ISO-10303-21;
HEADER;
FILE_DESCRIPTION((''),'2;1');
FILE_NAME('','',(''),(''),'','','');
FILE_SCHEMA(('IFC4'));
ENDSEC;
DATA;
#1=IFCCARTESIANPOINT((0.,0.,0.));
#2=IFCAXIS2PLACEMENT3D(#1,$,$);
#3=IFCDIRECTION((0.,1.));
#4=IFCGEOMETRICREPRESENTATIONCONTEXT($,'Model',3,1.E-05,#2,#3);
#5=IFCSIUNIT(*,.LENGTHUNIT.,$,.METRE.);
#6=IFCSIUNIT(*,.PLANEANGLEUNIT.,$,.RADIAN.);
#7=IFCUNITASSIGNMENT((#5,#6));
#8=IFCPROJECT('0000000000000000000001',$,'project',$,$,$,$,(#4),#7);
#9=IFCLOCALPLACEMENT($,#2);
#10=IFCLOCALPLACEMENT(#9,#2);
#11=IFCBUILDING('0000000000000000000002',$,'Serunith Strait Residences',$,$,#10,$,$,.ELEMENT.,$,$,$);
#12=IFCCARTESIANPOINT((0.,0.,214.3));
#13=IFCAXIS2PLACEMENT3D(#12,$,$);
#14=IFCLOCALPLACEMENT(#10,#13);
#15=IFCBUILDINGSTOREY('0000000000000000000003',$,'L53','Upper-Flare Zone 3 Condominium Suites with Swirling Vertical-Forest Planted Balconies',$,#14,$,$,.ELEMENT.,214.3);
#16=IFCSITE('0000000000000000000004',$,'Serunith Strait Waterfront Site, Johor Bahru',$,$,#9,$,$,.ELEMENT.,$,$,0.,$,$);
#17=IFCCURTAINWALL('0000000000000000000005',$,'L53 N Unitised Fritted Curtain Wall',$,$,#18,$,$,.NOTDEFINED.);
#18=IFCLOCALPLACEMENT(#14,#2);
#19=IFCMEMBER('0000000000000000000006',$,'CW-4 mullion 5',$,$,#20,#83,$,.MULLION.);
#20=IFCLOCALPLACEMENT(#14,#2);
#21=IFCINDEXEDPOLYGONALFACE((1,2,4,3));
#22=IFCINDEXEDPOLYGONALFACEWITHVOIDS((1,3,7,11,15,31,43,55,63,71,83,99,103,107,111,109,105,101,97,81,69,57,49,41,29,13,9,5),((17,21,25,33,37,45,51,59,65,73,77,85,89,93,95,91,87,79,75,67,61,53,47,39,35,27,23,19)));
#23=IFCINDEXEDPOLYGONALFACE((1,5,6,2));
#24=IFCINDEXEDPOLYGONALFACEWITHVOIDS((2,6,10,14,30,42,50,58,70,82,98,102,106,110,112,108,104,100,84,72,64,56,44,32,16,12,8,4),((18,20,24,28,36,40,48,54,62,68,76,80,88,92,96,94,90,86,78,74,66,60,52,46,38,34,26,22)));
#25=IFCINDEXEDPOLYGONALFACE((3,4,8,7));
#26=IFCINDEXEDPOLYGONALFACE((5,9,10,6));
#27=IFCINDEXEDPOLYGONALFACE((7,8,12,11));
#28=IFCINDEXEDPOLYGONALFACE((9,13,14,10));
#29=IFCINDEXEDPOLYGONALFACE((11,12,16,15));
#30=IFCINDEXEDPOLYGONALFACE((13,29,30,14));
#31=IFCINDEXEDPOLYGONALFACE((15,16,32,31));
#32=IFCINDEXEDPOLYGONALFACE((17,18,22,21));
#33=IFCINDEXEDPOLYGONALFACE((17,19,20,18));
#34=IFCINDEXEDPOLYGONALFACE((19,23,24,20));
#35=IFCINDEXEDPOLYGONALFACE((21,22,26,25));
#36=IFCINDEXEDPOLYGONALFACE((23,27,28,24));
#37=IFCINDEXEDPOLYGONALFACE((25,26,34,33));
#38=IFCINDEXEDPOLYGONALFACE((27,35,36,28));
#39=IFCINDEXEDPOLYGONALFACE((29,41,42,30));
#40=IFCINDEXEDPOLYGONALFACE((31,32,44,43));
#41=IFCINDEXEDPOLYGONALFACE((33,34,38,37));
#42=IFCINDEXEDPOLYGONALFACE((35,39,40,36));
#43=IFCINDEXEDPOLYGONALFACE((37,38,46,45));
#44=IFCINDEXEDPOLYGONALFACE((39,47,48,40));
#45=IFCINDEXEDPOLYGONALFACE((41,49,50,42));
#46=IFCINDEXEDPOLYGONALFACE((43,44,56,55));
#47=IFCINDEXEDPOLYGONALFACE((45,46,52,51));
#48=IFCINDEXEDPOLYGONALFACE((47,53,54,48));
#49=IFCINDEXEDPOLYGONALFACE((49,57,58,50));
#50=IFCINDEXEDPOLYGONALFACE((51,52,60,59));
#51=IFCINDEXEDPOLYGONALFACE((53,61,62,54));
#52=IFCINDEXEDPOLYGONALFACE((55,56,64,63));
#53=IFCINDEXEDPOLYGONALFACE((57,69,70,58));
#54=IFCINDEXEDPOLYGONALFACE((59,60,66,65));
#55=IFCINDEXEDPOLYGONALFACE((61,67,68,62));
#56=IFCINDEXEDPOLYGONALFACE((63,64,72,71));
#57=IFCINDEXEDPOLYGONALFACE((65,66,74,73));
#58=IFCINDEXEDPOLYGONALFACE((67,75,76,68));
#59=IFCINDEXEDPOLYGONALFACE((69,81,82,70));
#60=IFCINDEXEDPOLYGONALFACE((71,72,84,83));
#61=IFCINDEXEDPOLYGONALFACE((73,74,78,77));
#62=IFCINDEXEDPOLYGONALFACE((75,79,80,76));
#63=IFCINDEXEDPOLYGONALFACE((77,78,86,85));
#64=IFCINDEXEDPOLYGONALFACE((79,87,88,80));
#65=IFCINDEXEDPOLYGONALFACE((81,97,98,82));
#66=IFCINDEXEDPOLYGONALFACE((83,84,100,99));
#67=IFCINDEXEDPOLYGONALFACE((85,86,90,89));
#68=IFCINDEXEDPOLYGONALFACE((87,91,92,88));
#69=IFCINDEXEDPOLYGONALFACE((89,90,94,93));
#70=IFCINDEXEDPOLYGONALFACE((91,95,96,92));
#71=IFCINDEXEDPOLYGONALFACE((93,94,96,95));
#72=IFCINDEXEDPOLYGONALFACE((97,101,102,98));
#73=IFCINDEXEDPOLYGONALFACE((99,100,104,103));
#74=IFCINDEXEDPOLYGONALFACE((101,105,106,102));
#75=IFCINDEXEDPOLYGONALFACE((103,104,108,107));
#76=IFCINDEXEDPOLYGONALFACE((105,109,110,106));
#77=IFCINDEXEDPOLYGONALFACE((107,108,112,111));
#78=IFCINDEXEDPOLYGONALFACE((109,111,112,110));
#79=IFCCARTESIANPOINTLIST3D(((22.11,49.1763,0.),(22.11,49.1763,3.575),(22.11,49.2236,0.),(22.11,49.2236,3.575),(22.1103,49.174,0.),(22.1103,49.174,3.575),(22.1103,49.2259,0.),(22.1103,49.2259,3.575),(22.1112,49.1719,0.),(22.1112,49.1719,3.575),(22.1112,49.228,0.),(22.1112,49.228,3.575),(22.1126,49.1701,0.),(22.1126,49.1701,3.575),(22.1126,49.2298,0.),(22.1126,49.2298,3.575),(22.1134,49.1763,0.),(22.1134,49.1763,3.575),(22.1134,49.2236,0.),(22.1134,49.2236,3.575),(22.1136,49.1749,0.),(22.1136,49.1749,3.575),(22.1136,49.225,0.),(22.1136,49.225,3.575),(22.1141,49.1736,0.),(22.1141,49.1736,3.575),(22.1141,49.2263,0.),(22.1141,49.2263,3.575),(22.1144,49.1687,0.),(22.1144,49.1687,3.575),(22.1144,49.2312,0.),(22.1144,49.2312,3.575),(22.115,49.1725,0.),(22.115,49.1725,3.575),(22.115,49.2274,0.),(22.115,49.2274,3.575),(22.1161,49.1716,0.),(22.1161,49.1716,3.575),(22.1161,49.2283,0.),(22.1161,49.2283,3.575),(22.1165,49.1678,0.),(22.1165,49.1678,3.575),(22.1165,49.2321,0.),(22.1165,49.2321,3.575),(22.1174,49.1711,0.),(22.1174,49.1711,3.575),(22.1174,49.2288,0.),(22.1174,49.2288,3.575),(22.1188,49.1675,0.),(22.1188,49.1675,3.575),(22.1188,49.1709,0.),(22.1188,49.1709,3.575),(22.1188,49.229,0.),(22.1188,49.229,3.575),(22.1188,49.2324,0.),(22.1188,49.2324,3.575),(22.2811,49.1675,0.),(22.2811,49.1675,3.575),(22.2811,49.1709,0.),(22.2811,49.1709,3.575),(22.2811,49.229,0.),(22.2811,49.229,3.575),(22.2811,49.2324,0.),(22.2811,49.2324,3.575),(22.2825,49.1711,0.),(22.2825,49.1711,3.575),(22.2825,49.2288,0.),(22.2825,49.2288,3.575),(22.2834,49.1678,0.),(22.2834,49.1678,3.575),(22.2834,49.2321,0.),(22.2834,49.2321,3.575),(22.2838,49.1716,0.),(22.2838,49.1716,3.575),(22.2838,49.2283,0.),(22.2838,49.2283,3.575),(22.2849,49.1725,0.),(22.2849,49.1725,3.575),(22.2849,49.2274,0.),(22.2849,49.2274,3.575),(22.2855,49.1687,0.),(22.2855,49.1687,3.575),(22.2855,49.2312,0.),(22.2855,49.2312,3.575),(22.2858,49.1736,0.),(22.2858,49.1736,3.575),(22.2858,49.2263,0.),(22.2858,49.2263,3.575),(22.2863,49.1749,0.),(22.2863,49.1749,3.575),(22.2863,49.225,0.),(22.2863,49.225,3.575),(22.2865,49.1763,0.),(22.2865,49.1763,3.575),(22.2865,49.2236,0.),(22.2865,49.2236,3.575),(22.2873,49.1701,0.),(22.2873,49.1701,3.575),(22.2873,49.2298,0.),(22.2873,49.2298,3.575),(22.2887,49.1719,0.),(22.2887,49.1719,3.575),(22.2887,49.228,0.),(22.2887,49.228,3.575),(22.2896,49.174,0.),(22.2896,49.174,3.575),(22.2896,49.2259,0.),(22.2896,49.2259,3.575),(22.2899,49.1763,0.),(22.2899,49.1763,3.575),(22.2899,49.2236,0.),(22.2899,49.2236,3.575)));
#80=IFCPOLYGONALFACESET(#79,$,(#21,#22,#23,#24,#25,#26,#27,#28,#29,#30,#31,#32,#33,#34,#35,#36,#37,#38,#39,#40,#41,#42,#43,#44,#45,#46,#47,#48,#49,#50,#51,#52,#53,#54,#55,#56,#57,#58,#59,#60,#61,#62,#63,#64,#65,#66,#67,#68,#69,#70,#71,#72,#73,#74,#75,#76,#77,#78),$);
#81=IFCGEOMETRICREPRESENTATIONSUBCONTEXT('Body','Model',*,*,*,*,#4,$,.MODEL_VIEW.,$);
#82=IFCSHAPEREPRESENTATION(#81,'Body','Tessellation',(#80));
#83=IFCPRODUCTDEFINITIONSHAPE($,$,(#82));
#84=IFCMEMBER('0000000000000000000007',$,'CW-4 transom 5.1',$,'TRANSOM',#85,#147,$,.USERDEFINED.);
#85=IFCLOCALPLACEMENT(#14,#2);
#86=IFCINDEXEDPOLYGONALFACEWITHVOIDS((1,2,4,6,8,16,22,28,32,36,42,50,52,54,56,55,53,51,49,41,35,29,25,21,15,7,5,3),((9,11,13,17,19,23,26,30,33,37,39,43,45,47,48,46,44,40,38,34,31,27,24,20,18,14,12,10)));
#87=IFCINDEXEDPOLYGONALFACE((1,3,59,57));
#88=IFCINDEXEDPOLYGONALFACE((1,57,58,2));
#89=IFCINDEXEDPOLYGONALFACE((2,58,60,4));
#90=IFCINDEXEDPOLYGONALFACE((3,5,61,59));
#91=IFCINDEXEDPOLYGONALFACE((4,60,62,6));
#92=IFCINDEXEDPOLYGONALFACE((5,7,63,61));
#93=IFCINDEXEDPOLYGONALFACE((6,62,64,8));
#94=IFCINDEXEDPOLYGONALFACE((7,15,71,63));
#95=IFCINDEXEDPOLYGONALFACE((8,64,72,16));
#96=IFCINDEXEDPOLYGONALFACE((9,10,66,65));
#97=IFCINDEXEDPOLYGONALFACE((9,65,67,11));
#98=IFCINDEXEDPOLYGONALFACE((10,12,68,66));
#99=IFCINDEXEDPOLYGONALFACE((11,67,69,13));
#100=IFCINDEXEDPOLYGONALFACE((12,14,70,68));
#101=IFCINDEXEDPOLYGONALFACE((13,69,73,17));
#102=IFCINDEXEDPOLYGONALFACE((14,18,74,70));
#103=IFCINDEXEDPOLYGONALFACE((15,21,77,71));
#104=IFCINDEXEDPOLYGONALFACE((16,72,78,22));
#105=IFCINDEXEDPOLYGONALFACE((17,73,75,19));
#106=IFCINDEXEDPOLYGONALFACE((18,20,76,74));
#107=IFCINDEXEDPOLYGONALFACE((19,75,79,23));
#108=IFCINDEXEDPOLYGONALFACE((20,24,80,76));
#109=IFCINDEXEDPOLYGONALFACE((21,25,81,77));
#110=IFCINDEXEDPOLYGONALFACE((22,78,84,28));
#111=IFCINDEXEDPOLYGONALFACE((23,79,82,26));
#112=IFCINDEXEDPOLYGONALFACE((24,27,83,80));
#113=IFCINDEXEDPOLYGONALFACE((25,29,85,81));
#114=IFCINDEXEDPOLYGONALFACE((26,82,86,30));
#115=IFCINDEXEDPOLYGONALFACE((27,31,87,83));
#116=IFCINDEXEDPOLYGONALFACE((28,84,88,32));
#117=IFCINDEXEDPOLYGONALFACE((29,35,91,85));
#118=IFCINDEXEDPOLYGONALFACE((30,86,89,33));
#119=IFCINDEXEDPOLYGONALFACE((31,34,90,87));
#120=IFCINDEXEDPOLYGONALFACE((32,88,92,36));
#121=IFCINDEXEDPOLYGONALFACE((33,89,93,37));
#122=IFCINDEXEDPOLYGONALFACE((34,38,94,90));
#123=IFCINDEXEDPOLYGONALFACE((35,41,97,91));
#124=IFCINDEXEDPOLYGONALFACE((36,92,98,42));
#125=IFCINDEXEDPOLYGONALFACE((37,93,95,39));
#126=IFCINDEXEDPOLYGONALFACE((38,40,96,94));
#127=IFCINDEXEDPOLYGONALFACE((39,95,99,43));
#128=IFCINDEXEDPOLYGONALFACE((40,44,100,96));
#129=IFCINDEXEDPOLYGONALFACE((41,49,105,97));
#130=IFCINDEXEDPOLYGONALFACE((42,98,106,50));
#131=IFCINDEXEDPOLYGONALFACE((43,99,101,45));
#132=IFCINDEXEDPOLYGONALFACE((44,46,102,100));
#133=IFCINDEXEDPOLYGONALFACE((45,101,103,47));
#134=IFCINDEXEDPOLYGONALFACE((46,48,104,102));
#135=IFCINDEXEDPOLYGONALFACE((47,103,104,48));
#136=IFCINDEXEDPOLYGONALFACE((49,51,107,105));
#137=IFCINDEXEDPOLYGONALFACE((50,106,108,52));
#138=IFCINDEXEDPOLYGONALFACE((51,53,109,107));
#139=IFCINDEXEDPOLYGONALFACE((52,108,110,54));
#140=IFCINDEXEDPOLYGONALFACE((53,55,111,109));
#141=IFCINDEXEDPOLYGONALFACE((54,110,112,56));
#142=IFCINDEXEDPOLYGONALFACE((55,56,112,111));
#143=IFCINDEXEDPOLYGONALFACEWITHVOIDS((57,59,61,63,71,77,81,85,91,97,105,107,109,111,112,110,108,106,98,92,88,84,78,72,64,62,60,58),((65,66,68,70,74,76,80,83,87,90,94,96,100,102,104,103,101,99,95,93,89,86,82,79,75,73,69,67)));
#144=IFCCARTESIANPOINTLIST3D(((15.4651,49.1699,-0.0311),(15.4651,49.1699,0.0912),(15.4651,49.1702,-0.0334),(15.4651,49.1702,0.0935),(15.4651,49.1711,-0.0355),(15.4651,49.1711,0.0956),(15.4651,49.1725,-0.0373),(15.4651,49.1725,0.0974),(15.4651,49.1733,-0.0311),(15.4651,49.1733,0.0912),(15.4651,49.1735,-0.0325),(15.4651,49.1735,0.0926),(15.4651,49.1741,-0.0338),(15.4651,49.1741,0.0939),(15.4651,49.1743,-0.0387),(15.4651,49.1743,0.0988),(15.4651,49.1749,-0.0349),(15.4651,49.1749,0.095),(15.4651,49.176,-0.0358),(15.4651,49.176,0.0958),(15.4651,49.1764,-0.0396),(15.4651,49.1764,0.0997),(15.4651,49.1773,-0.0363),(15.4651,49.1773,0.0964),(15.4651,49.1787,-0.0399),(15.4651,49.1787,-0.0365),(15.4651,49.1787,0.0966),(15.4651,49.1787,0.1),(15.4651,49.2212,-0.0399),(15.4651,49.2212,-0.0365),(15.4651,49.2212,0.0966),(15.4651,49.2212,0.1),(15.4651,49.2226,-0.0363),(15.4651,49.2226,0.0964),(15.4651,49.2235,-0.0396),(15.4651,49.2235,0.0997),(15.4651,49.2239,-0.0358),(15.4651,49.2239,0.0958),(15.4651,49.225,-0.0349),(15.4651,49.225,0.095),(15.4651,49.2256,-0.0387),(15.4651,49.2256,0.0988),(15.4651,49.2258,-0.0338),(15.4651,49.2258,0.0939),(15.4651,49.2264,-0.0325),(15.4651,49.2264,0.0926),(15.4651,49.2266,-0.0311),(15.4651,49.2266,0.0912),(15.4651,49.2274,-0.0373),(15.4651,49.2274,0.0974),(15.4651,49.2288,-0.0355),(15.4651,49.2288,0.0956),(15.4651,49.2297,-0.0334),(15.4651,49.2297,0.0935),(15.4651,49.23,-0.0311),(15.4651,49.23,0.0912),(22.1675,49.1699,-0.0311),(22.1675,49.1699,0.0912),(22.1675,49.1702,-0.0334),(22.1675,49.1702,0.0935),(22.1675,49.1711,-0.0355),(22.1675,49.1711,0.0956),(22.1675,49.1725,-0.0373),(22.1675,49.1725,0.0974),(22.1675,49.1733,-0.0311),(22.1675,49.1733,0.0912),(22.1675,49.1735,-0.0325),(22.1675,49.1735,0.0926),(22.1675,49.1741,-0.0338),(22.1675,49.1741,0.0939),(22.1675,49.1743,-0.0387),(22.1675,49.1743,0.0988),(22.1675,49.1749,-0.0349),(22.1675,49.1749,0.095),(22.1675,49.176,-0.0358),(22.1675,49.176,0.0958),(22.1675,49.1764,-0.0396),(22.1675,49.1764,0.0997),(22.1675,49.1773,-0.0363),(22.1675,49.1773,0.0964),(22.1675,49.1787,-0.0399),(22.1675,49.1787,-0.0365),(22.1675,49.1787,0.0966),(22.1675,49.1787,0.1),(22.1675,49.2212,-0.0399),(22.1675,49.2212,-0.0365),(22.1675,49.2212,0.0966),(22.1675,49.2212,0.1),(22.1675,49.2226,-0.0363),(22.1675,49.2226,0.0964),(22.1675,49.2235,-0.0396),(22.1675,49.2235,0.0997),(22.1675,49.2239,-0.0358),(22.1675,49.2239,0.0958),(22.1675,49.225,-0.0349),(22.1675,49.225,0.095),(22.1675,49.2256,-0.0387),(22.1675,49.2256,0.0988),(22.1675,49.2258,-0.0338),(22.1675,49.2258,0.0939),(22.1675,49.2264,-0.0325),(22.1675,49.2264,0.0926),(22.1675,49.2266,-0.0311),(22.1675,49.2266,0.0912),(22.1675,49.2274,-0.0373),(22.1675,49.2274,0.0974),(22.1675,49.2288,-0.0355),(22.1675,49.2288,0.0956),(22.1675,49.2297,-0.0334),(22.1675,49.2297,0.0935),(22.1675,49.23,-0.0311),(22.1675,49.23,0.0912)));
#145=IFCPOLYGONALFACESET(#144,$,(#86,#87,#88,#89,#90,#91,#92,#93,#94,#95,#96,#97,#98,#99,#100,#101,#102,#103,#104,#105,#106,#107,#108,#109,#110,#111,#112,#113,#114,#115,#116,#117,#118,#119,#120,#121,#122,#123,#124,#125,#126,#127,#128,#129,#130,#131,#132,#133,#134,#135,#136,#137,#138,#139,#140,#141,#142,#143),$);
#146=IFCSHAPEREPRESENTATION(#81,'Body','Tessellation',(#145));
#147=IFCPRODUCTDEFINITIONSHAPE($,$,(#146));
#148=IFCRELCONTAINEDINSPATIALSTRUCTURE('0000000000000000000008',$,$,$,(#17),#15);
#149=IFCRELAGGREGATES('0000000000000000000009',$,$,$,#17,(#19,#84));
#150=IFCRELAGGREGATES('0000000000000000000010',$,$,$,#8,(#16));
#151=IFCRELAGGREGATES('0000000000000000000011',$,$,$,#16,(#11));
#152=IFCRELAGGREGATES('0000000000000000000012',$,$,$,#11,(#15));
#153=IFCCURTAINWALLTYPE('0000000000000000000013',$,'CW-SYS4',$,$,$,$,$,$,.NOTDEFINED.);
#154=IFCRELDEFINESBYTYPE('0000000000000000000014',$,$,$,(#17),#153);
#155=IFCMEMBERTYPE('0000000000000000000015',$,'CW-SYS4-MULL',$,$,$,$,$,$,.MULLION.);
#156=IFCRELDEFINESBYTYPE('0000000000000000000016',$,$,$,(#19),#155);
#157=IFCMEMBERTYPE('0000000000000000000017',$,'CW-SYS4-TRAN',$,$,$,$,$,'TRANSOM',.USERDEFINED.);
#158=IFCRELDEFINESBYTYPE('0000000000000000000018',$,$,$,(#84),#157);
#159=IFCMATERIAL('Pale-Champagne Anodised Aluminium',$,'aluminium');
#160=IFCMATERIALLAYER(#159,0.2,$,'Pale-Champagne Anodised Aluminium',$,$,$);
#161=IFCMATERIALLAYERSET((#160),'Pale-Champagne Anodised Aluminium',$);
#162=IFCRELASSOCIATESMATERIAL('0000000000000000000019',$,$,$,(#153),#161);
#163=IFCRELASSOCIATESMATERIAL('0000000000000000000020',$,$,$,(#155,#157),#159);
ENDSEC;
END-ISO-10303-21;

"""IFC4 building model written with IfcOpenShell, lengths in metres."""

from ifc_helpers import new_model, si_unit, direction, frame, origin, origin_2d, place, context, subcontext, project, spatial, hollow_rectangle, extrude, source, transform, mapped, material, layer, layer_set, material_profile, profile_set, type_object, element, aggregate, save


model = new_model("IFC4")

# Units and contexts
model_context = context("Model", 3, precision=1e-05, world=origin(), true_north=direction((0.0, 1.0)))
body_context = subcontext(model_context, "Body", "Model", "MODEL_VIEW")
ifc_project = project(units=[si_unit("LENGTHUNIT", "METRE"), si_unit("PLANEANGLEUNIT", "RADIAN")], contexts=[model_context])

# Site, building, storey
site_placement = place(None, origin())
site = spatial("IfcSite", under=ifc_project, at=site_placement, Name="Serunith Strait Waterfront Site, Johor Bahru", CompositionType="ELEMENT", RefElevation=0.0)
building_placement = place(site_placement, origin())
building = spatial("IfcBuilding", under=site, at=building_placement, Name="Serunith Strait Residences", CompositionType="ELEMENT")
storey_placement = place(building_placement, frame((0.0, 0.0, 214.3)))
storey = spatial("IfcBuildingStorey", under=building, at=storey_placement, Name="L53", Description="Upper-Flare Zone 3 Condominium Suites with Swirling Vertical-Forest Planted Balconies", CompositionType="ELEMENT", Elevation=214.3)

# Curtain wall, members
ifc_material_1 = material(Name="Pale-Champagne Anodised Aluminium", Category="aluminium")
ifc_layer_1 = layer(ifc_material_1, 0.2, Name="Pale-Champagne Anodised Aluminium")
ifc_layer_set_1 = layer_set([ifc_layer_1], Name="Pale-Champagne Anodised Aluminium")
curtain_wall_type = type_object("IfcCurtainWallType", Name="CW-SYS4", PredefinedType="NOTDEFINED", material=ifc_layer_set_1)
curtain_wall_placement = place(storey_placement, origin())
curtain_wall = element("IfcCurtainWall", 1, at=curtain_wall_placement, inside=storey, type_object=curtain_wall_type, Name="L53 N Unitised Fritted Curtain Wall", PredefinedType="NOTDEFINED")
ifc_material_profile_1 = material_profile(ifc_material_1, hollow_rectangle(XDim=0.0649, YDim=0.1799, WallThickness=0.0034, InnerFilletRadius=0.0054, OuterFilletRadius=0.0088, at=origin_2d()), Name="ALU 180x65x3.5")
ifc_profile_set_1 = profile_set([ifc_material_profile_1], Name="Pale-Champagne Anodised Aluminium")
member_type_1 = type_object("IfcMemberType", Name="CW-SYS4-MULL", PredefinedType="MULLION", material=ifc_profile_set_1)
shared_shape_1 = source(origin(), body_context, "Body", "SweptSolid", [
    extrude(hollow_rectangle(XDim=0.0649, YDim=0.1799, WallThickness=0.0034, InnerFilletRadius=0.0054, OuterFilletRadius=0.0088, at=origin_2d()), origin(), (0.0, 0.0, 1.0), 3.575),
])
member_1_placement = place(storey_placement, frame((22.2, 49.2, 0.0), z_axis=(0.0, 0.0, 1.0), x_axis=(0.0, -1.0, 0.0)))
member_1 = element("IfcMember", 2, at=member_1_placement, type_object=member_type_1, Name="CW-4 mullion 5", PredefinedType="MULLION", context=body_context, shape_type="MappedRepresentation", body=[
    mapped(shared_shape_1, transform((0.0, 0.0, 0.0), scale=1.0)),
])
ifc_material_profile_2 = material_profile(ifc_material_1, hollow_rectangle(XDim=0.0601, YDim=0.1399, WallThickness=0.0034, InnerFilletRadius=0.0054, OuterFilletRadius=0.0088, at=origin_2d()), Name="ALU 140x60x3.5")
ifc_profile_set_2 = profile_set([ifc_material_profile_2], Name="Pale-Champagne Anodised Aluminium")
member_type_2 = type_object("IfcMemberType", Name="CW-SYS4-TRAN", ElementType="TRANSOM", PredefinedType="USERDEFINED", material=ifc_profile_set_2)
shared_shape_2 = source(origin(), body_context, "Body", "SweptSolid", [
    extrude(hollow_rectangle(XDim=0.0601, YDim=0.1399, WallThickness=0.0034, InnerFilletRadius=0.0054, OuterFilletRadius=0.0088, at=origin_2d()), origin(), (0.0, 0.0, 1.0), 6.7024),
])
member_2_placement = place(storey_placement, frame((22.1675, 49.2, 0.03), z_axis=(-1.0, 0.0, 0.0), x_axis=(0.0, -1.0, 0.0)))
member_2 = element("IfcMember", 3, at=member_2_placement, type_object=member_type_2, Name="CW-4 transom 5.1", ObjectType="TRANSOM", PredefinedType="USERDEFINED", context=body_context, shape_type="MappedRepresentation", body=[
    mapped(shared_shape_2, transform((0.0, 0.0, 0.0), scale=1.0)),
])
aggregate(curtain_wall, [member_1, member_2])

save(model, "model.ifc")
